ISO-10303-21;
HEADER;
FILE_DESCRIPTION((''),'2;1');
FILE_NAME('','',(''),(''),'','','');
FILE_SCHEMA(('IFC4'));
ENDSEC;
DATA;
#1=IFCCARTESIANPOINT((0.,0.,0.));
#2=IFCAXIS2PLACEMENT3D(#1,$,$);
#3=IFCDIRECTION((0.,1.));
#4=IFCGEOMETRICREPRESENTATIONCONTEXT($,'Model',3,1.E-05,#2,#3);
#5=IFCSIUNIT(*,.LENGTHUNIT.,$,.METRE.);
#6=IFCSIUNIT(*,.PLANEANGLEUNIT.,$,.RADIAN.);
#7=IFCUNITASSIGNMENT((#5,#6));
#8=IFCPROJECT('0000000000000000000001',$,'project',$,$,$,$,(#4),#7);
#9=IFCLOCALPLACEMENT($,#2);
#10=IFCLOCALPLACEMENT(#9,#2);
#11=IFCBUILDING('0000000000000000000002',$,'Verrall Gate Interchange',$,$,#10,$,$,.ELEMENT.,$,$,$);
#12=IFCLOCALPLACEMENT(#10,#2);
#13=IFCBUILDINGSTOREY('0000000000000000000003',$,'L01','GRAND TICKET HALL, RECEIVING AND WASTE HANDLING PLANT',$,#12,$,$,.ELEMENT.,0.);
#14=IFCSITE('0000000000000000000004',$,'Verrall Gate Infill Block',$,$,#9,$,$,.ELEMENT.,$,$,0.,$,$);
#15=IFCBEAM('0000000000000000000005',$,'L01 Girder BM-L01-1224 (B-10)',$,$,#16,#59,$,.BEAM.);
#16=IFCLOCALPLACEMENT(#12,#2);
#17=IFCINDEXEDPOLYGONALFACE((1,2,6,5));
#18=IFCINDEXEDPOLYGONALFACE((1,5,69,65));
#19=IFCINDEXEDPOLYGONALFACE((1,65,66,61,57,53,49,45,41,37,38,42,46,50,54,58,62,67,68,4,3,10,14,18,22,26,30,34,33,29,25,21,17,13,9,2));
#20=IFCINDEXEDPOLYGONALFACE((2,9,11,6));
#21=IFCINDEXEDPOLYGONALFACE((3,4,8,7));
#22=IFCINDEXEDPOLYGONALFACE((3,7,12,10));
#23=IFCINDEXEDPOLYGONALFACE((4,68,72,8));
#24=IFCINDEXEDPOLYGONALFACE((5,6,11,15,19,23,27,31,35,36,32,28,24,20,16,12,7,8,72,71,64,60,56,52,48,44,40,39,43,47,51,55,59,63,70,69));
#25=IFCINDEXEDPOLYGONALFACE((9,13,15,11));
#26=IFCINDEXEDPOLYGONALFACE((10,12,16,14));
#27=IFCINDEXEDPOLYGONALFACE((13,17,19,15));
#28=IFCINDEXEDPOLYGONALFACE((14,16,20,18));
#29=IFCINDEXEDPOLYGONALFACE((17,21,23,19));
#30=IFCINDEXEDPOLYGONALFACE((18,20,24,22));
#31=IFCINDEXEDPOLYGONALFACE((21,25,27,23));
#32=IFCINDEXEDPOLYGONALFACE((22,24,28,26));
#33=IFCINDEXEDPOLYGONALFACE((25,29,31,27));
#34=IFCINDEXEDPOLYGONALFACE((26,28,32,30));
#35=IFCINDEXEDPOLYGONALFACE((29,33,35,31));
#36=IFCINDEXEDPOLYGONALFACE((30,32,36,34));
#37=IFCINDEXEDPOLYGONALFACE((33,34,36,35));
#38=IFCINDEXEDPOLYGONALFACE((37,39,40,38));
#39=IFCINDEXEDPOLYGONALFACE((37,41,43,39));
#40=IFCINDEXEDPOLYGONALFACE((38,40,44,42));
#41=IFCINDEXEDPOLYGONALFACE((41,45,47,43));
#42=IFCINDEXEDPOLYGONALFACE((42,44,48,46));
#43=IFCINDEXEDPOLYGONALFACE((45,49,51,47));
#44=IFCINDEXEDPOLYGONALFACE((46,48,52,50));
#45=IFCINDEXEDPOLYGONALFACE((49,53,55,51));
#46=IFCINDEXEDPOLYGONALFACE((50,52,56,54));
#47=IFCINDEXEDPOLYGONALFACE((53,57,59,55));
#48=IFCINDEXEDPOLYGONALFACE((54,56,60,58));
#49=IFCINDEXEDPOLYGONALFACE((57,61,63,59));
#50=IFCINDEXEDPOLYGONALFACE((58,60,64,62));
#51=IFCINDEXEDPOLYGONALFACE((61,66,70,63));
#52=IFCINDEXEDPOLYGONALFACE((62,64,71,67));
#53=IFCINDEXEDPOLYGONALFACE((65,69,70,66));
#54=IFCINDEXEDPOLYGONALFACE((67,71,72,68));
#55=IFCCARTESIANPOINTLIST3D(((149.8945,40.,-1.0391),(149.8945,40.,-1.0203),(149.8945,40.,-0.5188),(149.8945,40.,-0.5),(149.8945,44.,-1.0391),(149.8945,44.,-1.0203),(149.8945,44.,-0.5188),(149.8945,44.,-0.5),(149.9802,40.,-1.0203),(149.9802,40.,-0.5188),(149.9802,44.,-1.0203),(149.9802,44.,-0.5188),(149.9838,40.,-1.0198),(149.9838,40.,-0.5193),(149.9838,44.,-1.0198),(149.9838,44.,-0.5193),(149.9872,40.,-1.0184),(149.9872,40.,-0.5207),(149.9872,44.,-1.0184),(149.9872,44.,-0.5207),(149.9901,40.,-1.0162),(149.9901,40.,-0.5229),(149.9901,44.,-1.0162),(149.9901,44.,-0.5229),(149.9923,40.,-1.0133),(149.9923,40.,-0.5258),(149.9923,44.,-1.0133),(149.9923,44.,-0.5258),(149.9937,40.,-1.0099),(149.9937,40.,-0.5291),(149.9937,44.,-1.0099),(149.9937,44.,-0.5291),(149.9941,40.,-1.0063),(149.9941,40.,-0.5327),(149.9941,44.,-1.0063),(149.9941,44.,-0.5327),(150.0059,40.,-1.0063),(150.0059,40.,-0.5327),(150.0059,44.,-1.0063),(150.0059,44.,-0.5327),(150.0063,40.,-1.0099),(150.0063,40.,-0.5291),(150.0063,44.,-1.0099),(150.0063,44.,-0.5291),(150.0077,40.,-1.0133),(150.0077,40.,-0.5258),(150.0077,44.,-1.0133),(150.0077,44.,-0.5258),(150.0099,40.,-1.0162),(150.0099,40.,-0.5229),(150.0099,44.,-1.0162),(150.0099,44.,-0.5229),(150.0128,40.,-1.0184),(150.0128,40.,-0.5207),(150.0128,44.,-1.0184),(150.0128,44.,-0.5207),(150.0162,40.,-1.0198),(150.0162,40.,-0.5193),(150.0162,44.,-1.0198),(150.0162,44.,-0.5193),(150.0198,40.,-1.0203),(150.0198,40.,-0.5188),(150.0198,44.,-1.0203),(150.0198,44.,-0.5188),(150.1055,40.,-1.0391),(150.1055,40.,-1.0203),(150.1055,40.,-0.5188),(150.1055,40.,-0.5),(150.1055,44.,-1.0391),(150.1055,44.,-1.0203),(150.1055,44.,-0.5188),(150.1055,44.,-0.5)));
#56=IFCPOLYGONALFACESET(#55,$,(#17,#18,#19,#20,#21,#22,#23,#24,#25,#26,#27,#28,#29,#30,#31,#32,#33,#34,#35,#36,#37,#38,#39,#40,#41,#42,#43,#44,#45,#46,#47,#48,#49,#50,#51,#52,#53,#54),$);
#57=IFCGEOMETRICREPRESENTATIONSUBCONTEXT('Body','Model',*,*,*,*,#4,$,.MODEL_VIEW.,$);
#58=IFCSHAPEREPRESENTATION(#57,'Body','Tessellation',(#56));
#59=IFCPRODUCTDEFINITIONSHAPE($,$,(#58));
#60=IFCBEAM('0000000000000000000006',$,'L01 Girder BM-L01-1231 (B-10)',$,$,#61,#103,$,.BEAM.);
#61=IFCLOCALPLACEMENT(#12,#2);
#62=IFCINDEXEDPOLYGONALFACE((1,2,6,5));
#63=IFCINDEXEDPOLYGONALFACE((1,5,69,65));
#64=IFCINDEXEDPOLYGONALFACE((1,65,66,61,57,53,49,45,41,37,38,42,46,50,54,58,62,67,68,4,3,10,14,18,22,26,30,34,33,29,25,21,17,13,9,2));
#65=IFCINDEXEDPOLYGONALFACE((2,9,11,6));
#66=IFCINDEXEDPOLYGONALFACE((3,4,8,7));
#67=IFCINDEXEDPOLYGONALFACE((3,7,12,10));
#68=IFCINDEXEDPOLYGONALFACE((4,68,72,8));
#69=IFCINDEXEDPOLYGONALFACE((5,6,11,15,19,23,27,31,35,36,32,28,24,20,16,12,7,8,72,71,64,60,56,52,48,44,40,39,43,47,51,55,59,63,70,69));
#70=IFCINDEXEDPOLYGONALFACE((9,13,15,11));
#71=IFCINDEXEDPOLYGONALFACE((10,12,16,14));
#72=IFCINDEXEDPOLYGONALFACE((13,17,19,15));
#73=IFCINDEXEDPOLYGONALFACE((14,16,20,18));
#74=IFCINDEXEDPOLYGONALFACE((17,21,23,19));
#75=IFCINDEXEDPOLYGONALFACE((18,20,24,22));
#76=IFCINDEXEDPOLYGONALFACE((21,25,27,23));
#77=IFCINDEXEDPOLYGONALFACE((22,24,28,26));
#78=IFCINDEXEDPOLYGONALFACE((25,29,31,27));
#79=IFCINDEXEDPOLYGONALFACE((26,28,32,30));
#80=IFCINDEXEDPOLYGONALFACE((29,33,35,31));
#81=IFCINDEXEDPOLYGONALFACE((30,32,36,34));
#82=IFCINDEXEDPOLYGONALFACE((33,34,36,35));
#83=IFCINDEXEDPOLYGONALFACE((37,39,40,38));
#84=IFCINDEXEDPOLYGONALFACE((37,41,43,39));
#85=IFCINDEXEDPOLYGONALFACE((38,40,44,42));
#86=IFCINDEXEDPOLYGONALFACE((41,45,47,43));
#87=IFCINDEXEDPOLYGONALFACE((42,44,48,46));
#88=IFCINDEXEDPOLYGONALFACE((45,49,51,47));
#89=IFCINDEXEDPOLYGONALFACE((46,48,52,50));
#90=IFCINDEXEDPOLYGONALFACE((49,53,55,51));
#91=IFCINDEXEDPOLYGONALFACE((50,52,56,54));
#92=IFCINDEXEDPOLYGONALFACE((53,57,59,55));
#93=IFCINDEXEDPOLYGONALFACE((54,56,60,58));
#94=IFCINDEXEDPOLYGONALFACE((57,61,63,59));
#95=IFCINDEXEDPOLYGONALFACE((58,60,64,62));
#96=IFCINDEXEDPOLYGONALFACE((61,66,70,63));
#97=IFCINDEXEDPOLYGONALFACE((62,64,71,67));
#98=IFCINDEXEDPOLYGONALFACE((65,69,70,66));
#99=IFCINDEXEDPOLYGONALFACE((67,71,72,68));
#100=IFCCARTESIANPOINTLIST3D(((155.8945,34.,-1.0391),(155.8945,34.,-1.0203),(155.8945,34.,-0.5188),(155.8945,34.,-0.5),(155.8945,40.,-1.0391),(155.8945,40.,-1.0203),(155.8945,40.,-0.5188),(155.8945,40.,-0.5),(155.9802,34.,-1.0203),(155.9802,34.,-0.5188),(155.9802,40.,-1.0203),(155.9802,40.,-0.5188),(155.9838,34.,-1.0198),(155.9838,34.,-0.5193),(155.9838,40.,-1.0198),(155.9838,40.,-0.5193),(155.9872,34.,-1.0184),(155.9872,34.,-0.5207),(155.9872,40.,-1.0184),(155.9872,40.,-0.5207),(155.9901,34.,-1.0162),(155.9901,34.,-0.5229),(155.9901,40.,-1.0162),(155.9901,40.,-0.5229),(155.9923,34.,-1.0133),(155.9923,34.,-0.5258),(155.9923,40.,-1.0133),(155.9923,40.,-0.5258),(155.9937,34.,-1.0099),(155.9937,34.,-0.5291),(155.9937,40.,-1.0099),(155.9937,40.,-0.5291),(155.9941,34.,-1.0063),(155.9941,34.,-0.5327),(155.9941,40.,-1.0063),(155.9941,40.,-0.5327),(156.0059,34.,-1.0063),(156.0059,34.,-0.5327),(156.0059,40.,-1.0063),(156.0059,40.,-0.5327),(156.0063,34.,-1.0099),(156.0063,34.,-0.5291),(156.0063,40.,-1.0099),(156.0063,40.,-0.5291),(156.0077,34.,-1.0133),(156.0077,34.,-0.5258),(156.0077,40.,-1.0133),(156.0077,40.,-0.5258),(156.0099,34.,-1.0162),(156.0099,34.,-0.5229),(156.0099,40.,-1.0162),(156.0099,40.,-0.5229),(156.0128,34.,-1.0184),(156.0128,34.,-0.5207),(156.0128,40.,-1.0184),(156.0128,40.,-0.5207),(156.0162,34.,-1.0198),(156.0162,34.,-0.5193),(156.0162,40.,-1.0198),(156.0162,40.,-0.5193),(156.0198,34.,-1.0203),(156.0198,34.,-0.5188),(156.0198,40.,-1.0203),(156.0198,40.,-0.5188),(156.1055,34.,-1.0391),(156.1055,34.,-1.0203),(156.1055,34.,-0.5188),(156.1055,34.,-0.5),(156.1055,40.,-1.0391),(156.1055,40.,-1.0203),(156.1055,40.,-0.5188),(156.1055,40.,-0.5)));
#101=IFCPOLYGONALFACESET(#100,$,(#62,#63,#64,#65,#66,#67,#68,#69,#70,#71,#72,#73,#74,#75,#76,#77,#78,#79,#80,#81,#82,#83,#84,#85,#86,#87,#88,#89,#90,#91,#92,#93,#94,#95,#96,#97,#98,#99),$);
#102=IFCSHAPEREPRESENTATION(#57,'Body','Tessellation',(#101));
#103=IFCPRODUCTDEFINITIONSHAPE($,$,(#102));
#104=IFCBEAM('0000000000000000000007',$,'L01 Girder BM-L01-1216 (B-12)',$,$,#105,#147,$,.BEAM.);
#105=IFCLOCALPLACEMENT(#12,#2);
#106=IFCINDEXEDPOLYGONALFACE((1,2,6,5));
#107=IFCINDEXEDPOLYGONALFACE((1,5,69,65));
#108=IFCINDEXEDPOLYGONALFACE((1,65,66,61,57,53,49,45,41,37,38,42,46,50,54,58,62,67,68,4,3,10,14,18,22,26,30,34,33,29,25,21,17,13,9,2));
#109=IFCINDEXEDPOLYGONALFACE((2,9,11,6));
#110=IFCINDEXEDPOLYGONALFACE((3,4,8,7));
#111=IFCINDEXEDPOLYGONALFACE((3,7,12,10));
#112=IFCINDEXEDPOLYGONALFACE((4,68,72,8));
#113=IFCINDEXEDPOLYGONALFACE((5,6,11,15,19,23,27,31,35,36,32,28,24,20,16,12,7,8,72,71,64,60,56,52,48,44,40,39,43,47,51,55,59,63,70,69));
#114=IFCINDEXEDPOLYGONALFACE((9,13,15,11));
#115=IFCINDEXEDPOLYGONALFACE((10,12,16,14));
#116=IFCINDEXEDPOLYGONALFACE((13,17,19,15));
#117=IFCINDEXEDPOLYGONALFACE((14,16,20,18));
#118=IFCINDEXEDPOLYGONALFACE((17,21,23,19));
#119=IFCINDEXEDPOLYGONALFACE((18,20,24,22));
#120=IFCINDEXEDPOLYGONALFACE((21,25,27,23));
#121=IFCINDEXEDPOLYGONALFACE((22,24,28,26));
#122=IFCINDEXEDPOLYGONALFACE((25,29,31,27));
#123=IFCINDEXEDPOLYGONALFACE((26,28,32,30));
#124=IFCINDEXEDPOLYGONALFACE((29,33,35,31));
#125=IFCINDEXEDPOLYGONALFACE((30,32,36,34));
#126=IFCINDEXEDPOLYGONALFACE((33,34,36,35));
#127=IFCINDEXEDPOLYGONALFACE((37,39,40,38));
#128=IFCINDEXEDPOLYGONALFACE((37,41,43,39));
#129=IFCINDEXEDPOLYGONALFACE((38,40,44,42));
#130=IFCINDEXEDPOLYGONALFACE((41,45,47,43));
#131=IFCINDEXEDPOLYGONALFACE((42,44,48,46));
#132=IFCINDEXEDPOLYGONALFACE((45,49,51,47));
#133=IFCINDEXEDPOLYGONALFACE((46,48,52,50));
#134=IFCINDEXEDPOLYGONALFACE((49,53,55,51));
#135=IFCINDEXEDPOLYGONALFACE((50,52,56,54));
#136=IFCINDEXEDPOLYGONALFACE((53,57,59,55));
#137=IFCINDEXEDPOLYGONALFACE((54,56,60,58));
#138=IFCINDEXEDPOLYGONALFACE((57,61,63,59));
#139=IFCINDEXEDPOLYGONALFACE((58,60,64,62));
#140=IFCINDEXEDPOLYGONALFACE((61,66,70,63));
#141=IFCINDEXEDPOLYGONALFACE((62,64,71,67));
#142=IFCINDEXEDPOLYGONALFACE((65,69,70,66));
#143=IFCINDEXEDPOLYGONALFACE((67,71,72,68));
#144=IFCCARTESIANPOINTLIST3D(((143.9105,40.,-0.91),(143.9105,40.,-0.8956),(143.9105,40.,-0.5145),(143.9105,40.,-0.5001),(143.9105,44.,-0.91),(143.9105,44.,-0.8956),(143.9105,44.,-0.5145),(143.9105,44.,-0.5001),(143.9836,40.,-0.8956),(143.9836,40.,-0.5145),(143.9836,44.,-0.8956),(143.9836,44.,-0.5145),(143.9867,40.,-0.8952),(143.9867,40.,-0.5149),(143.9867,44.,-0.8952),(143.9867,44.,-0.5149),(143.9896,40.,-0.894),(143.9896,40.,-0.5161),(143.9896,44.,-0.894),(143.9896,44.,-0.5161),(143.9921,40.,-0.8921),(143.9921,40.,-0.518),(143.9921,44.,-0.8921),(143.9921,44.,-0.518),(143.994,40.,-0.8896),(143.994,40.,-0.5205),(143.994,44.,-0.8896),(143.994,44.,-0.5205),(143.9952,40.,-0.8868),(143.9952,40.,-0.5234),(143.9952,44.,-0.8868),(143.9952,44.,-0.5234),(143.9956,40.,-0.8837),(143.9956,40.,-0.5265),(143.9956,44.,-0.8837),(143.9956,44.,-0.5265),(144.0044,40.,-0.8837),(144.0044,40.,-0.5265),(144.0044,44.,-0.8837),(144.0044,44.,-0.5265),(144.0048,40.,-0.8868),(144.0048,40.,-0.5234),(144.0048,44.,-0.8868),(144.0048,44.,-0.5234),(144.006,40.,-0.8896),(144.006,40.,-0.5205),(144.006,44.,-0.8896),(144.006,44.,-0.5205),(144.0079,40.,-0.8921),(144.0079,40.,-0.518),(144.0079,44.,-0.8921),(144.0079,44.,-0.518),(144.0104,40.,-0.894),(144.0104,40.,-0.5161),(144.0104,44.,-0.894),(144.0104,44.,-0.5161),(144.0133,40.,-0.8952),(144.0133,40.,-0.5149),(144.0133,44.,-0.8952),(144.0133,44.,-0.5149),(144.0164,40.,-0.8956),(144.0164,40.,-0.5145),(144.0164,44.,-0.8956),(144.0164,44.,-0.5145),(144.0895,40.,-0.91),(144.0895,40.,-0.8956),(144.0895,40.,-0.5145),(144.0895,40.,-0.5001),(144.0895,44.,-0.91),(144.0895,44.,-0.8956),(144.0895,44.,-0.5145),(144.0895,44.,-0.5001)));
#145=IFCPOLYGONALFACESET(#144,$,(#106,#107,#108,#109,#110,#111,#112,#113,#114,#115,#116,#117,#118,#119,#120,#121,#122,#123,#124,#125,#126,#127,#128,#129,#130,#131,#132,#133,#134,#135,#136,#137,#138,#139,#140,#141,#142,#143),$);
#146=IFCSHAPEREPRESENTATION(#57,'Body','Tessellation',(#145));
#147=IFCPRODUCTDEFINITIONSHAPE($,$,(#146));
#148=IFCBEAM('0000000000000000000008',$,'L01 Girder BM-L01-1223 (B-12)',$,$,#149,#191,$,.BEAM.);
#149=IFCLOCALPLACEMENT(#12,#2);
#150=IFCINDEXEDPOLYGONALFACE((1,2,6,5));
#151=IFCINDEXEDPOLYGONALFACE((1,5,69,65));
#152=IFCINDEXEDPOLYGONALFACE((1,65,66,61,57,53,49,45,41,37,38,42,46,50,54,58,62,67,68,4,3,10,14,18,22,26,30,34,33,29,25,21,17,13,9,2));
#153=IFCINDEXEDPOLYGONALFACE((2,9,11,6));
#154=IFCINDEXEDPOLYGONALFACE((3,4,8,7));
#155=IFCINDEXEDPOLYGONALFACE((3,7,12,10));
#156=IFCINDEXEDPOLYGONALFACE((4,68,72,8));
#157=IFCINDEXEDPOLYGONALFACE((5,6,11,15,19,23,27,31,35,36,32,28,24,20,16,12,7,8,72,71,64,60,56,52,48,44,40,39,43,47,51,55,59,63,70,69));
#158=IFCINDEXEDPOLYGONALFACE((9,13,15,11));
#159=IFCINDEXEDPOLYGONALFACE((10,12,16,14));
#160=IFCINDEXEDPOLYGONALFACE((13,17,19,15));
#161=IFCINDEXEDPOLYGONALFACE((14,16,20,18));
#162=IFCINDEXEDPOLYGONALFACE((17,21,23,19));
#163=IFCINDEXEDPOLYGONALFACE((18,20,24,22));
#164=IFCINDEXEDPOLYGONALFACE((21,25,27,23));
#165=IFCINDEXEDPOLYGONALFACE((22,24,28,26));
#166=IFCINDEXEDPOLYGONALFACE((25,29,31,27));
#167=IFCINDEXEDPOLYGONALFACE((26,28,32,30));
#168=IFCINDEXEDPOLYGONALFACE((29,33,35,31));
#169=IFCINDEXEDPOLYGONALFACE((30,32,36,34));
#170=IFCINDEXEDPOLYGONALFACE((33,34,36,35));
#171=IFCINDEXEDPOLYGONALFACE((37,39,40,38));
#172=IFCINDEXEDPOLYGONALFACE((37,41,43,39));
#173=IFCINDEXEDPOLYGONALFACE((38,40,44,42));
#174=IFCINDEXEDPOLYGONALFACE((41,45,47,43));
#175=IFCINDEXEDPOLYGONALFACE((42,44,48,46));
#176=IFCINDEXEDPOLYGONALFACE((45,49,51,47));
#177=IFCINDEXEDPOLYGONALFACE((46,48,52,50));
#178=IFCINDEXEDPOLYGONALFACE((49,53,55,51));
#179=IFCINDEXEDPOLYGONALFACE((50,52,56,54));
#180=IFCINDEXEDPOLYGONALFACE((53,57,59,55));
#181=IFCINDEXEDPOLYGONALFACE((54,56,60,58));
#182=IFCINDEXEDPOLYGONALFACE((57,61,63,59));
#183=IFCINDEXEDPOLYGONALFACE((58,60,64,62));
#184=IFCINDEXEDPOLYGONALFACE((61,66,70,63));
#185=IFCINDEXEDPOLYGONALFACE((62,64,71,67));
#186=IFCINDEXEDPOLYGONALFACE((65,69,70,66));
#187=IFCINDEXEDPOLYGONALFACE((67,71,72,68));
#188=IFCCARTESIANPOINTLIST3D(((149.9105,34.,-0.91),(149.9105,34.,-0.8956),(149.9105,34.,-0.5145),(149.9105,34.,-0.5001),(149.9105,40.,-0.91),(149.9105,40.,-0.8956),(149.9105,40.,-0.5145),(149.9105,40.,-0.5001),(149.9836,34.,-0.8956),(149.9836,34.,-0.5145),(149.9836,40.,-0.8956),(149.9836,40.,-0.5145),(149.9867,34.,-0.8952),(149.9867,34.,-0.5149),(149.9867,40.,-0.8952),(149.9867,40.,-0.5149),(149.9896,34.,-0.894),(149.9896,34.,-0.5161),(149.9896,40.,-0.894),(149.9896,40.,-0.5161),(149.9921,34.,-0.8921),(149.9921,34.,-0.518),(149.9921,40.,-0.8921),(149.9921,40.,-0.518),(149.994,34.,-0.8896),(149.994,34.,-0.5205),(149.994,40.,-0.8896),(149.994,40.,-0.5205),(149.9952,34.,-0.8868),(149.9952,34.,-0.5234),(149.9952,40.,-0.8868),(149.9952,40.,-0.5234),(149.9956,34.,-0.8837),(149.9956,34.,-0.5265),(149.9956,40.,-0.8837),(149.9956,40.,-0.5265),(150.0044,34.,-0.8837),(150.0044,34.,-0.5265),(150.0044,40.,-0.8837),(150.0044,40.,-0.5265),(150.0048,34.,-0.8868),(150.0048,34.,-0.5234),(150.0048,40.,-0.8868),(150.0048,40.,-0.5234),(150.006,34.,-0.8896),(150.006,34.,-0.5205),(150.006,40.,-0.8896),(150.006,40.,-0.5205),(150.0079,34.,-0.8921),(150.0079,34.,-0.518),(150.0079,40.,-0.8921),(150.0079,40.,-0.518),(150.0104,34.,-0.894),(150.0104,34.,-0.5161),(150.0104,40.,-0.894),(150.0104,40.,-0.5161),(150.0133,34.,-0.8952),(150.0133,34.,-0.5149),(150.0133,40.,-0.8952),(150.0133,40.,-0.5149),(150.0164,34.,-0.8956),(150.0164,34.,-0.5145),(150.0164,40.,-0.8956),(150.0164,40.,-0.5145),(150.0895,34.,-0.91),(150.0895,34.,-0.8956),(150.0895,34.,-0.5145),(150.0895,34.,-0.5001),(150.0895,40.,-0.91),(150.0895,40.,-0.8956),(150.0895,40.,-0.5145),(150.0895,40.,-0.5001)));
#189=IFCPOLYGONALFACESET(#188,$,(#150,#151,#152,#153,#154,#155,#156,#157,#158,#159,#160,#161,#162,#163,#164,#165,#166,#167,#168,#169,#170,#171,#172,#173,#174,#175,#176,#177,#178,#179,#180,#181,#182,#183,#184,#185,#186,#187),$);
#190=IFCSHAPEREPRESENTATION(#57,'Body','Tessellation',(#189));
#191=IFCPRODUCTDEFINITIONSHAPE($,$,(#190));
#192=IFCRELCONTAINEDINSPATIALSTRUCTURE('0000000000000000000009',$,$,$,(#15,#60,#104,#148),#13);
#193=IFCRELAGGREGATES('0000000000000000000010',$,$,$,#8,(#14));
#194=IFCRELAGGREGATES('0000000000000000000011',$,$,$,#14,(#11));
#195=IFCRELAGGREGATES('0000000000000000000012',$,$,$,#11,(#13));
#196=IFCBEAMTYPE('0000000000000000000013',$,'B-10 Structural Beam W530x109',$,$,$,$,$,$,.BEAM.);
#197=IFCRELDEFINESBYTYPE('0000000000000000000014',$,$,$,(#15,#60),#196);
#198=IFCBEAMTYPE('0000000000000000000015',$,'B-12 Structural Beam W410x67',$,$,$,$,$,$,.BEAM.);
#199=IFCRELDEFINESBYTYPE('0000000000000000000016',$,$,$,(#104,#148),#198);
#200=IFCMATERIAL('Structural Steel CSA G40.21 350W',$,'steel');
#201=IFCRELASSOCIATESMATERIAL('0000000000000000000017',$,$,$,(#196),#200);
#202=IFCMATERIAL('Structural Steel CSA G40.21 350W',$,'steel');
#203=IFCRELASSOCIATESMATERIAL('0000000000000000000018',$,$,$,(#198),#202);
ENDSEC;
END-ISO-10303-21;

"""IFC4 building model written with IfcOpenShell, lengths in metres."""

from ifc_helpers import new_model, si_unit, direction, frame, origin, origin_2d, place, context, subcontext, project, spatial, i_section, extrude, material, material_profile, profile_set, type_object, element, save


model = new_model("IFC4")

# Units and contexts
model_context = context("Model", 3, precision=1e-05, world=origin(), true_north=direction((0.0, 1.0)))
body_context = subcontext(model_context, "Body", "Model", "MODEL_VIEW")
ifc_project = project(units=[si_unit("LENGTHUNIT", "METRE"), si_unit("PLANEANGLEUNIT", "RADIAN")], contexts=[model_context])

# Site, building, storey
site_placement = place(None, origin())
site = spatial("IfcSite", under=ifc_project, at=site_placement, Name="Verrall Gate Infill Block", CompositionType="ELEMENT", RefElevation=0.0)
building_placement = place(site_placement, origin())
building = spatial("IfcBuilding", under=site, at=building_placement, Name="Verrall Gate Interchange", CompositionType="ELEMENT")
storey_placement = place(building_placement, origin())
storey = spatial("IfcBuildingStorey", under=building, at=storey_placement, Name="L01", Description="GRAND TICKET HALL, RECEIVING AND WASTE HANDLING PLANT", CompositionType="ELEMENT", Elevation=0.0)

# Beams
ifc_material_1 = material(Name="Structural Steel CSA G40.21 350W", Category="steel")
ifc_material_profile_1 = material_profile(ifc_material_1, i_section(OverallWidth=0.2109, OverallDepth=0.5391, WebThickness=0.0117, FlangeThickness=0.0188, FilletRadius=0.0139, at=origin_2d()), Name="W530x109")
ifc_profile_set_1 = profile_set([ifc_material_profile_1], Name="Structural Steel CSA G40.21 350W")
beam_type_1 = type_object("IfcBeamType", Name="B-10 Structural Beam W530x109", PredefinedType="BEAM", material=ifc_profile_set_1)
beam_1_placement = place(storey_placement, frame((150.0, 40.0, -0.7695), z_axis=(0.0, 1.0, 0.0), x_axis=(-1.0, 0.0, 0.0)))
element("IfcBeam", 1, at=beam_1_placement, inside=storey, type_object=beam_type_1, Name="L01 Girder BM-L01-1224 (B-10)", PredefinedType="BEAM", context=body_context, shape_type="SweptSolid", body=[
    extrude(i_section(OverallWidth=0.2109, OverallDepth=0.5391, WebThickness=0.0117, FlangeThickness=0.0188, FilletRadius=0.0139, at=origin_2d()), origin(), (0.0, 0.0, 1.0), 4.0),
])
beam_2_placement = place(storey_placement, frame((156.0, 34.0, -0.7695), z_axis=(0.0, 1.0, 0.0), x_axis=(-1.0, 0.0, 0.0)))
element("IfcBeam", 2, at=beam_2_placement, inside=storey, type_object=beam_type_1, Name="L01 Girder BM-L01-1231 (B-10)", PredefinedType="BEAM", context=body_context, shape_type="SweptSolid", body=[
    extrude(i_section(OverallWidth=0.2109, OverallDepth=0.5391, WebThickness=0.0117, FlangeThickness=0.0188, FilletRadius=0.0139, at=origin_2d()), origin(), (0.0, 0.0, 1.0), 6.0),
])
ifc_material_2 = material(Name="Structural Steel CSA G40.21 350W", Category="steel")
ifc_material_profile_2 = material_profile(ifc_material_2, i_section(OverallWidth=0.179, OverallDepth=0.4099, WebThickness=0.0088, FlangeThickness=0.0144, FilletRadius=0.012, at=origin_2d()), Name="W410x67")
ifc_profile_set_2 = profile_set([ifc_material_profile_2], Name="Structural Steel CSA G40.21 350W")
beam_type_2 = type_object("IfcBeamType", Name="B-12 Structural Beam W410x67", PredefinedType="BEAM", material=ifc_profile_set_2)
beam_3_placement = place(storey_placement, frame((144.0, 40.0, -0.7051), z_axis=(0.0, 1.0, 0.0), x_axis=(-1.0, 0.0, 0.0)))
element("IfcBeam", 3, at=beam_3_placement, inside=storey, type_object=beam_type_2, Name="L01 Girder BM-L01-1216 (B-12)", PredefinedType="BEAM", context=body_context, shape_type="SweptSolid", body=[
    extrude(i_section(OverallWidth=0.179, OverallDepth=0.4099, WebThickness=0.0088, FlangeThickness=0.0144, FilletRadius=0.012, at=origin_2d()), origin(), (0.0, 0.0, 1.0), 4.0),
])
beam_4_placement = place(storey_placement, frame((150.0, 34.0, -0.7051), z_axis=(0.0, 1.0, 0.0), x_axis=(-1.0, 0.0, 0.0)))
element("IfcBeam", 4, at=beam_4_placement, inside=storey, type_object=beam_type_2, Name="L01 Girder BM-L01-1223 (B-12)", PredefinedType="BEAM", context=body_context, shape_type="SweptSolid", body=[
    extrude(i_section(OverallWidth=0.179, OverallDepth=0.4099, WebThickness=0.0088, FlangeThickness=0.0144, FilletRadius=0.012, at=origin_2d()), origin(), (0.0, 0.0, 1.0), 6.0),
])

save(model, "model.ifc")
